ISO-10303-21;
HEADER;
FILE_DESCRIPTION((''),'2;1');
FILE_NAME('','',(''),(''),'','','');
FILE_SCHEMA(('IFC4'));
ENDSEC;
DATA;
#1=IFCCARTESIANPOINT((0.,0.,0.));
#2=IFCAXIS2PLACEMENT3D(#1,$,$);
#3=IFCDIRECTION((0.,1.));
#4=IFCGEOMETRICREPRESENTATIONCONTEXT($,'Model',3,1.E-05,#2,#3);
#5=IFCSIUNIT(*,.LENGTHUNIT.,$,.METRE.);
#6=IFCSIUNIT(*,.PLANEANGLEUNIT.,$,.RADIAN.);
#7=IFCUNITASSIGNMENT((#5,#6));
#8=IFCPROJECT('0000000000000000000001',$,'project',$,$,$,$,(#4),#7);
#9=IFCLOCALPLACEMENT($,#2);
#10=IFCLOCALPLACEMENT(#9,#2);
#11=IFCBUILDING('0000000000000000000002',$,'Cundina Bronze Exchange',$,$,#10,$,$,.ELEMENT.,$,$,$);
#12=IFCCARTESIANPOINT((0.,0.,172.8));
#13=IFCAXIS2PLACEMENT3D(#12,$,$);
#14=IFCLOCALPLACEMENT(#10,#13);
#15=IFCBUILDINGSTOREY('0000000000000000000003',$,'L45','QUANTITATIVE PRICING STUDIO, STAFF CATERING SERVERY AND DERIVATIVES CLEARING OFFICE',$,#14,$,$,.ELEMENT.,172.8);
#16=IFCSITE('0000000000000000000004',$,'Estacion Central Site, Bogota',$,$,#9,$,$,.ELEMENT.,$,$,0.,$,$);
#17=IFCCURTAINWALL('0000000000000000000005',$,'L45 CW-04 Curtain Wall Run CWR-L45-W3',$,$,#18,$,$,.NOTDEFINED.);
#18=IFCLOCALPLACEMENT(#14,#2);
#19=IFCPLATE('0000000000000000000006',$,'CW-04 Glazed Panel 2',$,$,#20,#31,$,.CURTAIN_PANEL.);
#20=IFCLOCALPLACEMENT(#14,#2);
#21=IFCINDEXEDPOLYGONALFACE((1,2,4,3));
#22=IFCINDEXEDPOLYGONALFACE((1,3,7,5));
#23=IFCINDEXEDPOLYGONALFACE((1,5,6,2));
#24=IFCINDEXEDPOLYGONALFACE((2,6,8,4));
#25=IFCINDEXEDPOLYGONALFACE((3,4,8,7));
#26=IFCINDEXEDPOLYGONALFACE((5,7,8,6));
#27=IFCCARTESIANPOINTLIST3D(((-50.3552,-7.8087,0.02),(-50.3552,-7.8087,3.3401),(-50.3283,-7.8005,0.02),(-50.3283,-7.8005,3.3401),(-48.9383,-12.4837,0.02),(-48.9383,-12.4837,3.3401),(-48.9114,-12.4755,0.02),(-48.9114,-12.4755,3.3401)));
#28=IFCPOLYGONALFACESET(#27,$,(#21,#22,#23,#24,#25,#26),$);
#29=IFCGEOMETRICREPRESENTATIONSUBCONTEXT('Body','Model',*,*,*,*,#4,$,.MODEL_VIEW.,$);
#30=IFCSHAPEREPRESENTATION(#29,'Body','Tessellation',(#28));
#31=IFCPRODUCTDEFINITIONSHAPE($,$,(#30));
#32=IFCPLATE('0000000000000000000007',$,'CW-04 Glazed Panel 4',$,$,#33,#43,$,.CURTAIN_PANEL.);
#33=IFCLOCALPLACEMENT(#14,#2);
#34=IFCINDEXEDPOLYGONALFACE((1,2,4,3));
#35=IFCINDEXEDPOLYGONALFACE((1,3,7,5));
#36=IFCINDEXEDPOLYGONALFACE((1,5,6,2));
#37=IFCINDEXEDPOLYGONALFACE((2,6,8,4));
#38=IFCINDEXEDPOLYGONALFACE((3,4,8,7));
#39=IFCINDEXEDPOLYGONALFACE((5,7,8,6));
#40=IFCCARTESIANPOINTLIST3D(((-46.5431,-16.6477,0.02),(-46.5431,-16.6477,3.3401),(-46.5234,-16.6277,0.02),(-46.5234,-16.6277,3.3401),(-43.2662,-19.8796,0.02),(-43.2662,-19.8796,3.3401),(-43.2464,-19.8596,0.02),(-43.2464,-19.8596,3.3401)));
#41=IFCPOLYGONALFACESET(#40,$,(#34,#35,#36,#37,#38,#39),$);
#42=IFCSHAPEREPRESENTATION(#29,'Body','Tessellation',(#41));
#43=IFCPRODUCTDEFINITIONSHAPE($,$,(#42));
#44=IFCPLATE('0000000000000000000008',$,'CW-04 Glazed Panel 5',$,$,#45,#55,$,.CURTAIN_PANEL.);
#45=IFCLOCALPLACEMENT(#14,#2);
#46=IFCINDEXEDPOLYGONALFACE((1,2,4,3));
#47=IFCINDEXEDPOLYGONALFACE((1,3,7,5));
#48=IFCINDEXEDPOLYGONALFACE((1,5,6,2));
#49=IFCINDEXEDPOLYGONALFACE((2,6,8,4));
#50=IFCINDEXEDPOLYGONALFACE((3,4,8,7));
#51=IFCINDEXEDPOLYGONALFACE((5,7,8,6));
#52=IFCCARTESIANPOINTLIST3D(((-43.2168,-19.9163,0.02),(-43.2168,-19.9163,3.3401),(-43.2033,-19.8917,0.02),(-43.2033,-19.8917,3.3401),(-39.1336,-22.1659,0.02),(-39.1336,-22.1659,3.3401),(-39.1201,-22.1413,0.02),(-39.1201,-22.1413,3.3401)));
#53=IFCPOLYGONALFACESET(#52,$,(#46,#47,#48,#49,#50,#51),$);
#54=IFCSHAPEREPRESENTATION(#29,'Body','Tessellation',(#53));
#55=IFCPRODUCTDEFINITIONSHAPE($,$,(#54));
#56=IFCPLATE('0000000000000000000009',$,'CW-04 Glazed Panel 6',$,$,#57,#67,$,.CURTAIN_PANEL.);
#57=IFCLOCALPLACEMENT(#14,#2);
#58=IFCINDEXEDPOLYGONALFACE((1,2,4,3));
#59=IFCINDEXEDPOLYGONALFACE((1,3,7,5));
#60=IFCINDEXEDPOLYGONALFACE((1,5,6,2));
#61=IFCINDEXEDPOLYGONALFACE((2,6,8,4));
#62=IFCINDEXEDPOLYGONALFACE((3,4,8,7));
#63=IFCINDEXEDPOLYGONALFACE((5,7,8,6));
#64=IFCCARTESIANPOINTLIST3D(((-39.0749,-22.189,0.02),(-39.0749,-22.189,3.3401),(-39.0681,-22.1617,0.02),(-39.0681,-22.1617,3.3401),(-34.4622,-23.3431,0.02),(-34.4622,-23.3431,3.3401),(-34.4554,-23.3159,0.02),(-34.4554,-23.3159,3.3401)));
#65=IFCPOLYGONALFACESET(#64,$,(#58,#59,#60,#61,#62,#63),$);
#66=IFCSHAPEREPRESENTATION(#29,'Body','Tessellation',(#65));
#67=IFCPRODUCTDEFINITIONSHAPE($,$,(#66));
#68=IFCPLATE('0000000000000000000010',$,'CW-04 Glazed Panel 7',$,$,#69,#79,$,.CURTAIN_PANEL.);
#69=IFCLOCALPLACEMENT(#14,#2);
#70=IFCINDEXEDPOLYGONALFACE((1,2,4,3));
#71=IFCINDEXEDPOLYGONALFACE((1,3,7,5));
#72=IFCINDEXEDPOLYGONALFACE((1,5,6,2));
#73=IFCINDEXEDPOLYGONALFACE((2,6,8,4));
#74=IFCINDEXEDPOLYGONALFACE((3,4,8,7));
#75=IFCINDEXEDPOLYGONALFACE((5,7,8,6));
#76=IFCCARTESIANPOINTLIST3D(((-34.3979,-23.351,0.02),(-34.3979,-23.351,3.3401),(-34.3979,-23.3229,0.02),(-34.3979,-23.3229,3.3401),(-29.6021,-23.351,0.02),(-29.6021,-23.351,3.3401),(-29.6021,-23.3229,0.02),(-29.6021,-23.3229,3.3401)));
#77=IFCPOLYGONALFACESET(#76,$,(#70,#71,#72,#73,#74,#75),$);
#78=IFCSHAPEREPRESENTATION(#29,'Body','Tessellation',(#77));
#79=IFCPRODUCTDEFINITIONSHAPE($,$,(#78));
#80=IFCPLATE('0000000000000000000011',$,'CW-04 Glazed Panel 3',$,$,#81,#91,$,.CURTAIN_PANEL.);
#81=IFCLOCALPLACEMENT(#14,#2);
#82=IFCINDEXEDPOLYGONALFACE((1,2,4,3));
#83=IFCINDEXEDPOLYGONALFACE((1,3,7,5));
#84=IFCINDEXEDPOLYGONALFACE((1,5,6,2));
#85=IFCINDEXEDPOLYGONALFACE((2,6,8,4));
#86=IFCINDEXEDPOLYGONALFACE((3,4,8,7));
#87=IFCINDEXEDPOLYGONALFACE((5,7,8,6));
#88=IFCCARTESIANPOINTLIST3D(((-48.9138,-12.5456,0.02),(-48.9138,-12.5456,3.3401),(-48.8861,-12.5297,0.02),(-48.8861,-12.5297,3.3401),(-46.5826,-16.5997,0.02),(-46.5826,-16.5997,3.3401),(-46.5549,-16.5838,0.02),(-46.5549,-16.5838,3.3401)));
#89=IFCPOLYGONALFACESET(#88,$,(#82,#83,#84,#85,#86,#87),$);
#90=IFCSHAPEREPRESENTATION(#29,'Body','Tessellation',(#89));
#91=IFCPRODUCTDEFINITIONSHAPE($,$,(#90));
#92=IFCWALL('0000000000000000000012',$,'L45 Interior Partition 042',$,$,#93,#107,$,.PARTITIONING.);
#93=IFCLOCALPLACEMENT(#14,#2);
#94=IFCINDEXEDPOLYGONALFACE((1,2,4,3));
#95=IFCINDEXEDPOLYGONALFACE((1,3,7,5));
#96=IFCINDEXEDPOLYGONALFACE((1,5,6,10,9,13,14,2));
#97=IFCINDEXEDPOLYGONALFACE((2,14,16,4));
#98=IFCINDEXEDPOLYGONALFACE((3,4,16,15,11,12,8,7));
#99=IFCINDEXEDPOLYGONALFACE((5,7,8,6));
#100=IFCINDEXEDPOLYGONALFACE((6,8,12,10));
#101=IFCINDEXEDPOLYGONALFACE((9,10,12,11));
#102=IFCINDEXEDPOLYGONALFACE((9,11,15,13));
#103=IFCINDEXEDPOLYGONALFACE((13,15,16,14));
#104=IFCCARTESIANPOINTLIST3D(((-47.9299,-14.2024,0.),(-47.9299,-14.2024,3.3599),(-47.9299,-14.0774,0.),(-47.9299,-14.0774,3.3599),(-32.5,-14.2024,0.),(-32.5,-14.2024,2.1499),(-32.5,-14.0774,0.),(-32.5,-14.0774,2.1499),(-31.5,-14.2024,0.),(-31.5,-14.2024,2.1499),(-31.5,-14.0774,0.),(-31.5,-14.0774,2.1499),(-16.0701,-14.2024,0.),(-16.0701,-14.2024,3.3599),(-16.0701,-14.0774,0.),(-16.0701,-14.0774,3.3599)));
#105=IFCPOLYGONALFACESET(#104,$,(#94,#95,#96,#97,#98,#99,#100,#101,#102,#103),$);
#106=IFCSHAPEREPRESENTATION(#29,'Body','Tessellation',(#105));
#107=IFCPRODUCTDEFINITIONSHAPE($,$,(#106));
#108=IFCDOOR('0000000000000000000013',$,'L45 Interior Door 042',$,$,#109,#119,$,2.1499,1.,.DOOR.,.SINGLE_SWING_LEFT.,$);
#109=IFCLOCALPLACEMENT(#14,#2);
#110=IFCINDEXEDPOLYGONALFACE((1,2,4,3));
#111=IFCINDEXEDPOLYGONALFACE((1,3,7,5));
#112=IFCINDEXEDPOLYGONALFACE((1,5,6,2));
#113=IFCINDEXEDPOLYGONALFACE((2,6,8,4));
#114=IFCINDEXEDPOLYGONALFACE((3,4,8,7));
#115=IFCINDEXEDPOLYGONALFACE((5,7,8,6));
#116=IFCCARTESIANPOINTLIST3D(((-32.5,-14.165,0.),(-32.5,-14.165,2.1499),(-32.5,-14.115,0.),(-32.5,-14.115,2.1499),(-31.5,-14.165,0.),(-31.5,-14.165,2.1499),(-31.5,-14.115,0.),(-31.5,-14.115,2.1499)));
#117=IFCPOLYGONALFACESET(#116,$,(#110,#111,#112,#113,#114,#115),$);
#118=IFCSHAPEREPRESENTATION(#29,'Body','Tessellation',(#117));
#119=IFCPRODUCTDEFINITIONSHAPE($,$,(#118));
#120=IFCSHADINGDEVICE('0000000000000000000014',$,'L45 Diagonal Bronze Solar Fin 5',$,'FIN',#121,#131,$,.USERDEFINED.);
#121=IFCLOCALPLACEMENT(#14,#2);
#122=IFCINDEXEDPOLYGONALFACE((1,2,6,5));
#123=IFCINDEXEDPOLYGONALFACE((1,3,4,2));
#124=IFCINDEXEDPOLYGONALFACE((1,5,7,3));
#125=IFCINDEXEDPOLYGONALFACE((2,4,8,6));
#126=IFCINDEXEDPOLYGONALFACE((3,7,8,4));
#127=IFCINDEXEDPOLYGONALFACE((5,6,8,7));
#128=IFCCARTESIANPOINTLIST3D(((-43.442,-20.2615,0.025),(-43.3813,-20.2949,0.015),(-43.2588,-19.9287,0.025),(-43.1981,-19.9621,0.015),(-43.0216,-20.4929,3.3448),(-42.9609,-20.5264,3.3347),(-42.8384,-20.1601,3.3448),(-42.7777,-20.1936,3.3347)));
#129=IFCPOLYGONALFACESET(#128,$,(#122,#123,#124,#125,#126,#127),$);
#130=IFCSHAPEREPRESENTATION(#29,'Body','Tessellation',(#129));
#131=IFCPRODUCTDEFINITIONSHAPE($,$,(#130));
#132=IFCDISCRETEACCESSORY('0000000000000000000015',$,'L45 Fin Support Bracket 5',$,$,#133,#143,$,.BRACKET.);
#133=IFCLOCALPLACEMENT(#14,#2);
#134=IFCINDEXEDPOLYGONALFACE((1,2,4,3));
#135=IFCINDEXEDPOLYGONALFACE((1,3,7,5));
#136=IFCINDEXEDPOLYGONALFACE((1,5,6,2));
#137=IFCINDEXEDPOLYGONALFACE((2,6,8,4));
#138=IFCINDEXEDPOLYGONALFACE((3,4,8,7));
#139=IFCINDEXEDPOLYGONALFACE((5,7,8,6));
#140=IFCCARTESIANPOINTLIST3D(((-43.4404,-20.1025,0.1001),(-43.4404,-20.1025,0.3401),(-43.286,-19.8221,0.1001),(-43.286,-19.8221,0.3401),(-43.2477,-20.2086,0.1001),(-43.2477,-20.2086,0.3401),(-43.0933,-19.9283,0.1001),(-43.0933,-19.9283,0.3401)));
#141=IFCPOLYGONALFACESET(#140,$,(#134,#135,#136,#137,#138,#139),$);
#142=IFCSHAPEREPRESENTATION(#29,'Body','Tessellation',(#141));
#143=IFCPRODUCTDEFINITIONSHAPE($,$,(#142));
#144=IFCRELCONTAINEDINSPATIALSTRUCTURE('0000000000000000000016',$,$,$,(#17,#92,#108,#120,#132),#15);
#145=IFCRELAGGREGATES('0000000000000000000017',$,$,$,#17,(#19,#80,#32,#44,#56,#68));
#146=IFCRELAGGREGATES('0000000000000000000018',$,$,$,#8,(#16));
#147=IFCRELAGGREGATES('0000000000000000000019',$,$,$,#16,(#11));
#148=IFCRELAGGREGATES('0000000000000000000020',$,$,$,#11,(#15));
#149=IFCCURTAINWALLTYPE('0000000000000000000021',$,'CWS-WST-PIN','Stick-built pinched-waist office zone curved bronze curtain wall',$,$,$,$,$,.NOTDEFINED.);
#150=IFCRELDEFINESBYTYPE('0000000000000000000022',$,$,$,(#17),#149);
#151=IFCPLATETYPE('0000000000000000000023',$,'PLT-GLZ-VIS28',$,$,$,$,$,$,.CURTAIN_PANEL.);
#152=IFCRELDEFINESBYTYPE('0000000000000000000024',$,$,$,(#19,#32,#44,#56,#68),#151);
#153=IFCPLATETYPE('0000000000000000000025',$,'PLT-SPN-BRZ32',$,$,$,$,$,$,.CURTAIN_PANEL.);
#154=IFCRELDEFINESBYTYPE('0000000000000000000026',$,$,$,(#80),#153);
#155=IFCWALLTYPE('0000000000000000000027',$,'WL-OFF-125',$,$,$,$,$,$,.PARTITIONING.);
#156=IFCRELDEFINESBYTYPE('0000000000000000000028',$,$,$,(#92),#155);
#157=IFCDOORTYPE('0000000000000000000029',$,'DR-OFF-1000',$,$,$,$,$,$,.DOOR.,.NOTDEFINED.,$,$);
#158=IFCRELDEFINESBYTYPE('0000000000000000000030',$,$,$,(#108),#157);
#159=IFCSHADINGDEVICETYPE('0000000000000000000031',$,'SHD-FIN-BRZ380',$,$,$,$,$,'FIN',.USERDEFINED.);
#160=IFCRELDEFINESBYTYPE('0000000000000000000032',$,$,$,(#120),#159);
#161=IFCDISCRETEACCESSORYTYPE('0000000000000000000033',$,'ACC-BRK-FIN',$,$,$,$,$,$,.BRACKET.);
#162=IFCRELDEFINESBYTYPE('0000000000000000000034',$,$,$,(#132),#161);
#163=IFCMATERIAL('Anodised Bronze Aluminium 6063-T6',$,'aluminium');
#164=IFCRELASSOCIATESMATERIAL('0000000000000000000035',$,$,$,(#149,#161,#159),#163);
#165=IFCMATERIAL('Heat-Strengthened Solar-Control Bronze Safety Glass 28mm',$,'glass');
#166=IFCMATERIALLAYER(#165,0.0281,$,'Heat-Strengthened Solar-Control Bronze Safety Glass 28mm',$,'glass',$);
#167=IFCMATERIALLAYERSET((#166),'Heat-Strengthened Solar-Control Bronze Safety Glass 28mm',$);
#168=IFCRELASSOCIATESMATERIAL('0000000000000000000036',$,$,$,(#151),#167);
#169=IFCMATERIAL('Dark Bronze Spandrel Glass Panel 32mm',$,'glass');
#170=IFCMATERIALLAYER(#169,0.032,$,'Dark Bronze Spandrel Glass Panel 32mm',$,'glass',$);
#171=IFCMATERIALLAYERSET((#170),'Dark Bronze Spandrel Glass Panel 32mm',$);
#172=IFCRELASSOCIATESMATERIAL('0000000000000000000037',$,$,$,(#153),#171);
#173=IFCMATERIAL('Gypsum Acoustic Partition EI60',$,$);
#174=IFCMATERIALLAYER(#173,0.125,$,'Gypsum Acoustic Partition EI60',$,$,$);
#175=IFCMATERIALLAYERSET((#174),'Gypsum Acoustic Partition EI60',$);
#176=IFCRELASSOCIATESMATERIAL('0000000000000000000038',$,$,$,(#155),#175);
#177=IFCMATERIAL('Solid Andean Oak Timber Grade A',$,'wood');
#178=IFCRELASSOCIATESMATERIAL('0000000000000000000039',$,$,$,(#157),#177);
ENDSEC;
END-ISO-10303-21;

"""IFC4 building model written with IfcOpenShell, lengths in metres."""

from ifc_helpers import new_model, si_unit, direction, frame, frame_2d, origin, origin_2d, place, context, subcontext, project, spatial, rectangle, extrude, material, layer, layer_set, material_profile, profile_set, type_object, element, fill, aggregate, save


model = new_model("IFC4")

# Units and contexts
model_context = context("Model", 3, precision=1e-05, world=origin(), true_north=direction((0.0, 1.0)))
body_context = subcontext(model_context, "Body", "Model", "MODEL_VIEW")
ifc_project = project(units=[si_unit("LENGTHUNIT", "METRE"), si_unit("PLANEANGLEUNIT", "RADIAN")], contexts=[model_context])

# Site, building, storey
site_placement = place(None, origin())
site = spatial("IfcSite", under=ifc_project, at=site_placement, Name="Estacion Central Site, Bogota", CompositionType="ELEMENT", RefElevation=0.0)
building_placement = place(site_placement, origin())
building = spatial("IfcBuilding", under=site, at=building_placement, Name="Cundina Bronze Exchange", CompositionType="ELEMENT")
storey_placement = place(building_placement, frame((0.0, 0.0, 172.8)))
storey = spatial("IfcBuildingStorey", under=building, at=storey_placement, Name="L45", Description="QUANTITATIVE PRICING STUDIO, STAFF CATERING SERVERY AND DERIVATIVES CLEARING OFFICE", CompositionType="ELEMENT", Elevation=172.8)

# Curtain wall
ifc_material_1 = material(Name="Anodised Bronze Aluminium 6063-T6", Category="aluminium")
curtain_wall_type = type_object("IfcCurtainWallType", Name="CWS-WST-PIN", Description="Stick-built pinched-waist office zone curved bronze curtain wall", PredefinedType="NOTDEFINED", material=ifc_material_1)
curtain_wall_1_placement = place(storey_placement, origin())
curtain_wall_1 = element("IfcCurtainWall", 1, at=curtain_wall_1_placement, inside=storey, type_object=curtain_wall_type, Name="L45 CW-04 Curtain Wall Run CWR-L45-W3", PredefinedType="NOTDEFINED")

# Plates
ifc_material_2 = material(Name="Heat-Strengthened Solar-Control Bronze Safety Glass 28mm", Category="glass")
ifc_layer_1 = layer(ifc_material_2, 0.0281, Name="Heat-Strengthened Solar-Control Bronze Safety Glass 28mm", Category="glass")
ifc_layer_set_1 = layer_set([ifc_layer_1], Name="Heat-Strengthened Solar-Control Bronze Safety Glass 28mm")
plate_type_1 = type_object("IfcPlateType", Name="PLT-GLZ-VIS28", PredefinedType="CURTAIN_PANEL", material=ifc_layer_set_1)
plate_1_placement = place(storey_placement, frame((-49.6333, -10.1421, 0.02), z_axis=(0.0, 0.0, 1.0), x_axis=(0.290051, -0.957011, 0.0)))
plate_1 = element("IfcPlate", 2, at=plate_1_placement, type_object=plate_type_1, Name="CW-04 Glazed Panel 2", PredefinedType="CURTAIN_PANEL", context=body_context, shape_type="SweptSolid", body=[
    extrude(rectangle(XDim=4.885, YDim=0.0281, at=origin_2d()), origin(), (0.0, 0.0, 1.0), 3.3201),
])
plate_2_placement = place(storey_placement, frame((-44.8948, -18.2537, 0.02), z_axis=(0.0, 0.0, 1.0), x_axis=(0.711989, -0.70219, 0.0)))
plate_2 = element("IfcPlate", 3, at=plate_2_placement, type_object=plate_type_1, Name="CW-04 Glazed Panel 4", PredefinedType="CURTAIN_PANEL", context=body_context, shape_type="SweptSolid", body=[
    extrude(rectangle(XDim=4.6025, YDim=0.0281, at=origin_2d()), origin(), (0.0, 0.0, 1.0), 3.3201),
])
plate_3_placement = place(storey_placement, frame((-41.1685, -21.0288, 0.02), z_axis=(0.0, 0.0, 1.0), x_axis=(0.875869, -0.482549, 0.0)))
plate_3 = element("IfcPlate", 4, at=plate_3_placement, type_object=plate_type_1, Name="CW-04 Glazed Panel 5", PredefinedType="CURTAIN_PANEL", context=body_context, shape_type="SweptSolid", body=[
    extrude(rectangle(XDim=4.6619, YDim=0.0281, at=origin_2d()), origin(), (0.0, 0.0, 1.0), 3.3201),
])
plate_4_placement = place(storey_placement, frame((-36.7651, -22.7524, 0.02), z_axis=(0.0, 0.0, 1.0), x_axis=(0.970093, -0.242735, 0.0)))
plate_4 = element("IfcPlate", 5, at=plate_4_placement, type_object=plate_type_1, Name="CW-04 Glazed Panel 6", PredefinedType="CURTAIN_PANEL", context=body_context, shape_type="SweptSolid", body=[
    extrude(rectangle(XDim=4.7549, YDim=0.0281, at=origin_2d()), origin(), (0.0, 0.0, 1.0), 3.3201),
])
plate_5_placement = place(storey_placement, frame((-32.0, -23.3369, 0.02), z_axis=(0.0, 0.0, 1.0), x_axis=(1.0, 0.0, 0.0)))
plate_5 = element("IfcPlate", 6, at=plate_5_placement, type_object=plate_type_1, Name="CW-04 Glazed Panel 7", PredefinedType="CURTAIN_PANEL", context=body_context, shape_type="SweptSolid", body=[
    extrude(rectangle(XDim=4.7959, YDim=0.0281, at=origin_2d()), origin(), (0.0, 0.0, 1.0), 3.3201),
])
ifc_material_3 = material(Name="Dark Bronze Spandrel Glass Panel 32mm", Category="glass")
ifc_layer_2 = layer(ifc_material_3, 0.032, Name="Dark Bronze Spandrel Glass Panel 32mm", Category="glass")
ifc_layer_set_2 = layer_set([ifc_layer_2], Name="Dark Bronze Spandrel Glass Panel 32mm")
plate_type_2 = type_object("IfcPlateType", Name="PLT-SPN-BRZ32", PredefinedType="CURTAIN_PANEL", material=ifc_layer_set_2)
plate_6_placement = place(storey_placement, frame((-47.7344, -14.5647, 0.02), z_axis=(0.0, 0.0, 1.0), x_axis=(0.498488, -0.866897, 0.0)))
plate_6 = element("IfcPlate", 7, at=plate_6_placement, type_object=plate_type_2, Name="CW-04 Glazed Panel 3", PredefinedType="CURTAIN_PANEL", context=body_context, shape_type="SweptSolid", body=[
    extrude(rectangle(XDim=4.6765, YDim=0.032, at=origin_2d()), origin(), (0.0, 0.0, 1.0), 3.3201),
])
aggregate(curtain_wall_1, [plate_1, plate_6, plate_2, plate_3, plate_4, plate_5])

# Wall, opening, door
ifc_material_4 = material(Name="Gypsum Acoustic Partition EI60")
ifc_layer_3 = layer(ifc_material_4, 0.125, Name="Gypsum Acoustic Partition EI60")
ifc_layer_set_3 = layer_set([ifc_layer_3], Name="Gypsum Acoustic Partition EI60")
wall_type = type_object("IfcWallType", Name="WL-OFF-125", PredefinedType="PARTITIONING", material=ifc_layer_set_3)
wall_placement = place(storey_placement, frame((-47.9299, -14.1399, 0.0), z_axis=(0.0, 0.0, 1.0), x_axis=(1.0, 0.0, 0.0)))
wall = element("IfcWall", 8, at=wall_placement, inside=storey, type_object=wall_type, Name="L45 Interior Partition 042", PredefinedType="PARTITIONING", context=body_context, shape_type="SweptSolid", body=[
    extrude(rectangle(XDim=31.8599, YDim=0.125, at=frame_2d((15.9299, 0.0))), origin(), (0.0, 0.0, 1.0), 3.3599),
])
opening_placement = place(wall_placement, frame((15.4299, 0.0, 0.0)))
opening = element("IfcOpeningElement", 9, at=opening_placement, cuts=wall, PredefinedType="OPENING", context=body_context, shape_type="SweptSolid", body=[
    extrude(rectangle(XDim=1.0, YDim=2.1499, at=frame_2d((0.5, 1.075))), frame((0.0, 0.0725, 0.0), z_axis=(0.0, -1.0, 0.0), x_axis=(1.0, 0.0, 0.0)), (0.0, 0.0, 1.0), 0.145),
])
ifc_material_5 = material(Name="Solid Andean Oak Timber Grade A", Category="wood")
door_type = type_object("IfcDoorType", Name="DR-OFF-1000", OperationType="NOTDEFINED", PredefinedType="DOOR", material=ifc_material_5)
door_placement = place(opening_placement, origin())
door = element("IfcDoor", 10, at=door_placement, inside=storey, type_object=door_type, Name="L45 Interior Door 042", OperationType="SINGLE_SWING_LEFT", OverallHeight=2.1499, OverallWidth=1.0, PredefinedType="DOOR", context=body_context, shape_type="SweptSolid", body=[
    extrude(rectangle(XDim=1.0, YDim=2.1499, at=frame_2d((0.5, 1.075))), frame((0.0, 0.0249, 0.0), z_axis=(0.0, -1.0, 0.0), x_axis=(1.0, 0.0, 0.0)), (0.0, 0.0, 1.0), 0.05),
])
fill(opening, door)

# Shading device
ifc_material_profile_1 = material_profile(ifc_material_1, rectangle(XDim=0.0701, YDim=0.3799, at=origin_2d()), Name="FIN70X380", Category="aluminium")
ifc_profile_set_1 = profile_set([ifc_material_profile_1], Name="Anodised Bronze Aluminium 6063-T6")
shading_device_type = type_object("IfcShadingDeviceType", Name="SHD-FIN-BRZ380", ElementType="FIN", PredefinedType="USERDEFINED", material=ifc_profile_set_1)
shading_device_placement = place(storey_placement, frame((-43.3201, -20.1118, 0.02), z_axis=(0.125333, -0.068999, 0.989712), x_axis=(-0.86701, 0.477309, 0.143071)))
element("IfcShadingDevice", 11, at=shading_device_placement, inside=storey, type_object=shading_device_type, Name="L45 Diagonal Bronze Solar Fin 5", ObjectType="FIN", PredefinedType="USERDEFINED", context=body_context, shape_type="SweptSolid", body=[
    extrude(rectangle(XDim=0.0701, YDim=0.3799, at=origin_2d()), origin(), (0.0, 0.0, 1.0), 3.3542),
])

# Discrete accessory
discrete_accessory_type = type_object("IfcDiscreteAccessoryType", Name="ACC-BRK-FIN", PredefinedType="BRACKET", material=ifc_material_1)
discrete_accessory_placement = place(storey_placement, frame((-43.2668, -20.0154, 0.1001), z_axis=(0.0, 0.0, 1.0), x_axis=(0.875869, -0.482549, 0.0)))
element("IfcDiscreteAccessory", 12, at=discrete_accessory_placement, inside=storey, type_object=discrete_accessory_type, Name="L45 Fin Support Bracket 5", PredefinedType="BRACKET", context=body_context, shape_type="SweptSolid", body=[
    extrude(rectangle(XDim=0.22, YDim=0.3201, at=origin_2d()), origin(), (0.0, 0.0, 1.0), 0.24),
])

save(model, "model.ifc")
